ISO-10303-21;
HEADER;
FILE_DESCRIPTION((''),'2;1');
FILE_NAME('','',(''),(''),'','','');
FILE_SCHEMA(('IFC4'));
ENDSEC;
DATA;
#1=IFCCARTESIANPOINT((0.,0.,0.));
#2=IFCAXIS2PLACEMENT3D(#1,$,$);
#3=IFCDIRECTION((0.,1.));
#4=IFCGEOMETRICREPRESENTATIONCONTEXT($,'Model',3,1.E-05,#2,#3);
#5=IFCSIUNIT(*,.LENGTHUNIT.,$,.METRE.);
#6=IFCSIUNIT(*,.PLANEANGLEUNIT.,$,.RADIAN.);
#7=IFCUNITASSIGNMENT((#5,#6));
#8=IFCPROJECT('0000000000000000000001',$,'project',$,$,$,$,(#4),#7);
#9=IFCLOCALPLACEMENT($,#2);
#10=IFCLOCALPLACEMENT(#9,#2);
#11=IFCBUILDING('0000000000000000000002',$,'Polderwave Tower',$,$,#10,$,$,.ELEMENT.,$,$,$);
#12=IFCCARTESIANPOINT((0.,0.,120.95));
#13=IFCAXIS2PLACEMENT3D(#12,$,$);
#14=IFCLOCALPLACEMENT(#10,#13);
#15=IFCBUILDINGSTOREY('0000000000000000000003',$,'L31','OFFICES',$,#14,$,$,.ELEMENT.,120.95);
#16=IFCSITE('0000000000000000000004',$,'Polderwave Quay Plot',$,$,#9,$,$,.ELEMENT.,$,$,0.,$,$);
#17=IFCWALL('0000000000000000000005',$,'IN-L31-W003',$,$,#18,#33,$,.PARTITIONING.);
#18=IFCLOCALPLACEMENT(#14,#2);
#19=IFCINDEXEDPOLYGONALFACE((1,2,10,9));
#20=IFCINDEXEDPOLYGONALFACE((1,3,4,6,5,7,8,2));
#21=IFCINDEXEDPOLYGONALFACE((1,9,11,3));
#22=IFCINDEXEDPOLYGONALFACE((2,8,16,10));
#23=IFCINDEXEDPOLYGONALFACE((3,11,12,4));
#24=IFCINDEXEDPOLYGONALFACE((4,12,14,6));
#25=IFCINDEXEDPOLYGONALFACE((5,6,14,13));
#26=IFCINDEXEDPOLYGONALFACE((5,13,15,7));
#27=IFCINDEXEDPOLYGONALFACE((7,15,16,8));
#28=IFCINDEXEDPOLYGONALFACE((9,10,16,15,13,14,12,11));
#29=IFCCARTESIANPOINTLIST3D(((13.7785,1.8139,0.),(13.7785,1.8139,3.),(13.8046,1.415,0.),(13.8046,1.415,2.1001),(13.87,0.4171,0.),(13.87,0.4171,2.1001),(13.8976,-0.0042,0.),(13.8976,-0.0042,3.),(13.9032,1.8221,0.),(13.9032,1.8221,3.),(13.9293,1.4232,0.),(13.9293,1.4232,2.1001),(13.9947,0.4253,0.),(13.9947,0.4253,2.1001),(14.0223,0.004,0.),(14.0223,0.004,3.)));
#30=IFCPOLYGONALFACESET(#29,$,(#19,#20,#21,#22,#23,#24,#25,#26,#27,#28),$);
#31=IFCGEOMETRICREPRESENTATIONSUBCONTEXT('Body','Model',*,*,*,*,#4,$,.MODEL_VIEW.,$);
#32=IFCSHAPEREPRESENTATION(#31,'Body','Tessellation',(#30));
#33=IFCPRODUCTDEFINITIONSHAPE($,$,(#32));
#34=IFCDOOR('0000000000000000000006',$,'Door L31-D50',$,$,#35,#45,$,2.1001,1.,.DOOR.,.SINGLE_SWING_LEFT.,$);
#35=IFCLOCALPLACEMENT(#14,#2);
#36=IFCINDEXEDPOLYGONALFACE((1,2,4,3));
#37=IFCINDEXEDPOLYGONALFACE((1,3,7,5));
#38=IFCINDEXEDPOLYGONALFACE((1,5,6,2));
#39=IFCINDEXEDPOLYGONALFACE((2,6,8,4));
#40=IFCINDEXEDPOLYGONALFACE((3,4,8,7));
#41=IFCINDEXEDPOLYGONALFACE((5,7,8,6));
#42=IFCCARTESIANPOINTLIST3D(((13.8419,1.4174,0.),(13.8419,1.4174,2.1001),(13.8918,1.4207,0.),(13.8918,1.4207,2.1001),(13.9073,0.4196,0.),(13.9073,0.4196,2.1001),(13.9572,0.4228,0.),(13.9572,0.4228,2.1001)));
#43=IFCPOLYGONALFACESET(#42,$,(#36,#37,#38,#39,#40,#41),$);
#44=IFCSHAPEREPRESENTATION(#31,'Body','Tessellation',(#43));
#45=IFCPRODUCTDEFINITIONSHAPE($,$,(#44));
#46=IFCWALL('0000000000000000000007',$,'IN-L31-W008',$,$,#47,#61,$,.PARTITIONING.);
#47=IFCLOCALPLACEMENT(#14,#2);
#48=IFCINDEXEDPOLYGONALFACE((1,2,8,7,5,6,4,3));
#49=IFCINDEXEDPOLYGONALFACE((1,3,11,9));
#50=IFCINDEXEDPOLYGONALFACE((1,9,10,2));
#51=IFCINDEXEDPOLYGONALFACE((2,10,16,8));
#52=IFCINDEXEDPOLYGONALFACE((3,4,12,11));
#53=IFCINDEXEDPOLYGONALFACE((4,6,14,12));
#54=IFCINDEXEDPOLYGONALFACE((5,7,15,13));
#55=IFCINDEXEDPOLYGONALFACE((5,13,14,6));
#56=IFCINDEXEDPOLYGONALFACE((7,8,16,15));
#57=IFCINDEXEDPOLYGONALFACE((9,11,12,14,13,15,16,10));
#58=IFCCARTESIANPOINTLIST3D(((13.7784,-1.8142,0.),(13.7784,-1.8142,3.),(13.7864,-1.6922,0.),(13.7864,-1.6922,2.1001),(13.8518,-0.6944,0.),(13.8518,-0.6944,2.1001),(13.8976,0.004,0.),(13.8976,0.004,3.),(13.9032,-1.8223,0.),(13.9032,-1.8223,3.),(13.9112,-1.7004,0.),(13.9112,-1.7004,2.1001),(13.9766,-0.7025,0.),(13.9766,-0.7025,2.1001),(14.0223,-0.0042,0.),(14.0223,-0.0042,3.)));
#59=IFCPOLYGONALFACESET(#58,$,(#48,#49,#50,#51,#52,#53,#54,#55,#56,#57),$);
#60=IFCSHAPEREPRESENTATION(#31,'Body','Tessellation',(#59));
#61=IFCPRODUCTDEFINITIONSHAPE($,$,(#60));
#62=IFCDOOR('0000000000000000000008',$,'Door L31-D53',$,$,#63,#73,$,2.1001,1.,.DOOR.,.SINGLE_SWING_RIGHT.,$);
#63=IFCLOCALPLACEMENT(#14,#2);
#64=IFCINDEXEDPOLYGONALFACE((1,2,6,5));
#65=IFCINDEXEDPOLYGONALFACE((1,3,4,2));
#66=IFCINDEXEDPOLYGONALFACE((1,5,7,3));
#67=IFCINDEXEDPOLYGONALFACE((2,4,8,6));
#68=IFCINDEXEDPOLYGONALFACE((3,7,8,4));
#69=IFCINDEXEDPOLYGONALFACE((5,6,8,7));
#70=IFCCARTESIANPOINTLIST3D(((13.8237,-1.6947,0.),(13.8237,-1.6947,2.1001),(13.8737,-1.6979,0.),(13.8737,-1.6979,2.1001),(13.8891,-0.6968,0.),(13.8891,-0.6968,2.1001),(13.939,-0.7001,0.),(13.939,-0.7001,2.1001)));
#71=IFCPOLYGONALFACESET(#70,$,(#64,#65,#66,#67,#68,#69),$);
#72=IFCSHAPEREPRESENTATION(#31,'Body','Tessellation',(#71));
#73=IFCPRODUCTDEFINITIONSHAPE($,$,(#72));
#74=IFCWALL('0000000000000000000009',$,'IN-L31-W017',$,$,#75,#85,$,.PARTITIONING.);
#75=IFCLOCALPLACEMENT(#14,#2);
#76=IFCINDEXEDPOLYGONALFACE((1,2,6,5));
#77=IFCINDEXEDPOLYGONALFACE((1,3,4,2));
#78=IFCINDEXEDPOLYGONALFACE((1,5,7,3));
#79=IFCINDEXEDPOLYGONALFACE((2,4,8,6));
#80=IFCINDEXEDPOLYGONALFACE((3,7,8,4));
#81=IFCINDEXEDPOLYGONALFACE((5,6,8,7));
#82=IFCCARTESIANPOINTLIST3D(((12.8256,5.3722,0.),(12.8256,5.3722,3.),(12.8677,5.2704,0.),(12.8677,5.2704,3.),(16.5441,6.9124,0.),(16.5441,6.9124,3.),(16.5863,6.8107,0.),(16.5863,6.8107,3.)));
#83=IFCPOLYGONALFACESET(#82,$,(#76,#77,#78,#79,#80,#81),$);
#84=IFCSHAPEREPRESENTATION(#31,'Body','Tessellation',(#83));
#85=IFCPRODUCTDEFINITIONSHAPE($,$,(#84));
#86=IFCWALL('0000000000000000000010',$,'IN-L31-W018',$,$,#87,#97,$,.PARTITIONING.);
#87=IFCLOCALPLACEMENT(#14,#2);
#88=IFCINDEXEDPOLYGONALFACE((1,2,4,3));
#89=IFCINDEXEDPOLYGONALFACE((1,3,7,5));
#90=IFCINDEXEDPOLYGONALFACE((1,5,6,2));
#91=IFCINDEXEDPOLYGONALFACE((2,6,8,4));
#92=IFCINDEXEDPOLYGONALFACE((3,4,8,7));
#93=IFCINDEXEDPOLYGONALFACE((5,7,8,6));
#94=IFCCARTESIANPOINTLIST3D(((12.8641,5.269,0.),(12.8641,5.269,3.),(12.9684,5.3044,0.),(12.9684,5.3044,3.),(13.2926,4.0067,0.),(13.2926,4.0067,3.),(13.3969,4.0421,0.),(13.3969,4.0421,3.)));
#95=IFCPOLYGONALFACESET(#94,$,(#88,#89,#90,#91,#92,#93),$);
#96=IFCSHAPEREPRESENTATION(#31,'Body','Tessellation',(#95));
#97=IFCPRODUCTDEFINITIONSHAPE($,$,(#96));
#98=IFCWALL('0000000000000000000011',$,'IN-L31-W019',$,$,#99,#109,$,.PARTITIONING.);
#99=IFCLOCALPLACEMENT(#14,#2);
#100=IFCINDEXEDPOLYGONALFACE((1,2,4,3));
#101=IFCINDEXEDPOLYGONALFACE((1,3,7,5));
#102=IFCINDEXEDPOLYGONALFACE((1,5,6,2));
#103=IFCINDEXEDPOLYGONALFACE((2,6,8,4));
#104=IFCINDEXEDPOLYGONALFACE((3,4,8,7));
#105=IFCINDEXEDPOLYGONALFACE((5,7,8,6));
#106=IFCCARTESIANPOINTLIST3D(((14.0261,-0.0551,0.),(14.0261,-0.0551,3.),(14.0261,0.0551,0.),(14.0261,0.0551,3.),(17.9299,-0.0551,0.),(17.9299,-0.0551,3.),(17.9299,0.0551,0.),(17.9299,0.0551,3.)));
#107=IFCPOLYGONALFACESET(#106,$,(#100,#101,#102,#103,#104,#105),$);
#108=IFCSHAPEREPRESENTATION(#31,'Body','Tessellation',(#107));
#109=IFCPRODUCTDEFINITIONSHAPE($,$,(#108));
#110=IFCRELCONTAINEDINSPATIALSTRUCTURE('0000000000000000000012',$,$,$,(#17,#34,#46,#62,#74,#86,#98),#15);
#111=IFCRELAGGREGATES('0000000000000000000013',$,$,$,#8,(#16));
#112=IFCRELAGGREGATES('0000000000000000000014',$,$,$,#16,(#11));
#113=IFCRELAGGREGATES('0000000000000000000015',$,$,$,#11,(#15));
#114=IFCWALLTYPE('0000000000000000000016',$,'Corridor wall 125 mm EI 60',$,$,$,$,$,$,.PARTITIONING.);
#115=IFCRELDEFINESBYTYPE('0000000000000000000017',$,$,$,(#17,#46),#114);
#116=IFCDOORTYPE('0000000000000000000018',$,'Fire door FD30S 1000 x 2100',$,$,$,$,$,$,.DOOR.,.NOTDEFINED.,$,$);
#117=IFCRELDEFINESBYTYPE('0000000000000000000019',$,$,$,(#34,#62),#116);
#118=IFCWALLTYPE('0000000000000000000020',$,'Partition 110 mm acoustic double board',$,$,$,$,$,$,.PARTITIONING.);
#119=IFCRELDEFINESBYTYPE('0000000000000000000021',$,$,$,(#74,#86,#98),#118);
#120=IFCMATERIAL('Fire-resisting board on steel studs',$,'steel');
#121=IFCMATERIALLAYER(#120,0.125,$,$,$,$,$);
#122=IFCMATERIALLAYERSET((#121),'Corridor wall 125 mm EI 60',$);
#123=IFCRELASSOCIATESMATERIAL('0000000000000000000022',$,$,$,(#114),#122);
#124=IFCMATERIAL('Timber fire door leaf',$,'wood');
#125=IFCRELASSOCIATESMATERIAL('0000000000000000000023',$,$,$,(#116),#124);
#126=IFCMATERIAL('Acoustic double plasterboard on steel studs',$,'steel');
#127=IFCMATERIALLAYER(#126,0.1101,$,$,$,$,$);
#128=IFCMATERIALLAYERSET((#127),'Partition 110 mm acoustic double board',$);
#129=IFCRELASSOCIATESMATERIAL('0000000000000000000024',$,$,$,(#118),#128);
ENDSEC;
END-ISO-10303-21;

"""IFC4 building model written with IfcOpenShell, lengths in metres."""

from ifc_helpers import new_model, si_unit, direction, frame, frame_2d, origin, place, context, subcontext, project, spatial, rectangle, extrude, material, layer, layer_set, type_object, element, fill, save


model = new_model("IFC4")

# Units and contexts
model_context = context("Model", 3, precision=1e-05, world=origin(), true_north=direction((0.0, 1.0)))
body_context = subcontext(model_context, "Body", "Model", "MODEL_VIEW")
ifc_project = project(units=[si_unit("LENGTHUNIT", "METRE"), si_unit("PLANEANGLEUNIT", "RADIAN")], contexts=[model_context])

# Site, building, storey
site_placement = place(None, origin())
site = spatial("IfcSite", under=ifc_project, at=site_placement, Name="Polderwave Quay Plot", CompositionType="ELEMENT", RefElevation=0.0)
building_placement = place(site_placement, origin())
building = spatial("IfcBuilding", under=site, at=building_placement, Name="Polderwave Tower", CompositionType="ELEMENT")
storey_placement = place(building_placement, frame((0.0, 0.0, 120.95)))
storey = spatial("IfcBuildingStorey", under=building, at=storey_placement, Name="L31", Description="OFFICES", CompositionType="ELEMENT", Elevation=120.95)

# Shared definitions
ifc_material_1 = material(Name="Fire-resisting board on steel studs", Category="steel")
ifc_layer_1 = layer(ifc_material_1, 0.125)
ifc_layer_set_1 = layer_set([ifc_layer_1], Name="Corridor wall 125 mm EI 60")
wall_type_1 = type_object("IfcWallType", Name="Corridor wall 125 mm EI 60", PredefinedType="PARTITIONING", material=ifc_layer_set_1)

# Walls, openings, doors
wall_1_placement = place(storey_placement, frame((13.8408, 1.8181, 0.0), z_axis=(0.0, 0.0, 1.0), x_axis=(0.065389, -0.99786, 0.0)))
wall_1 = element("IfcWall", 1, at=wall_1_placement, inside=storey, type_object=wall_type_1, Name="IN-L31-W003", PredefinedType="PARTITIONING", context=body_context, shape_type="SweptSolid", body=[
    extrude(rectangle(XDim=1.822, YDim=0.125, at=frame_2d((0.9111, 0.0))), origin(), (0.0, 0.0, 1.0), 3.0),
])
opening_1_placement = place(wall_1_placement, frame((0.3999, 0.0, 0.0)))
opening_1 = element("IfcOpeningElement", 2, at=opening_1_placement, cuts=wall_1, PredefinedType="OPENING", context=body_context, shape_type="SweptSolid", body=[
    extrude(rectangle(XDim=1.0, YDim=2.1001, at=frame_2d((0.5, 1.05))), frame((0.0, 0.0725, 0.0), z_axis=(0.0, -1.0, 0.0), x_axis=(1.0, 0.0, 0.0)), (0.0, 0.0, 1.0), 0.145),
])
ifc_material_2 = material(Name="Timber fire door leaf", Category="wood")
door_type = type_object("IfcDoorType", Name="Fire door FD30S 1000 x 2100", OperationType="NOTDEFINED", PredefinedType="DOOR", material=ifc_material_2)
door_1_placement = place(opening_1_placement, origin())
door_1 = element("IfcDoor", 3, at=door_1_placement, inside=storey, type_object=door_type, Name="Door L31-D50", OperationType="SINGLE_SWING_LEFT", OverallHeight=2.1001, OverallWidth=1.0, PredefinedType="DOOR", context=body_context, shape_type="SweptSolid", body=[
    extrude(rectangle(XDim=1.0, YDim=2.1001, at=frame_2d((0.5, 1.05))), frame((0.0, 0.0249, 0.0), z_axis=(0.0, -1.0, 0.0), x_axis=(1.0, 0.0, 0.0)), (0.0, 0.0, 1.0), 0.05),
])
fill(opening_1, door_1)
wall_2_placement = place(storey_placement, frame((13.96, 0.0, 0.0), z_axis=(0.0, 0.0, 1.0), x_axis=(-0.065389, -0.99786, 0.0)))
wall_2 = element("IfcWall", 4, at=wall_2_placement, inside=storey, type_object=wall_type_1, Name="IN-L31-W008", PredefinedType="PARTITIONING", context=body_context, shape_type="SweptSolid", body=[
    extrude(rectangle(XDim=1.822, YDim=0.125, at=frame_2d((0.9111, 0.0))), origin(), (0.0, 0.0, 1.0), 3.0),
])
opening_2_placement = place(wall_2_placement, frame((0.7, 0.0, 0.0)))
opening_2 = element("IfcOpeningElement", 5, at=opening_2_placement, cuts=wall_2, PredefinedType="OPENING", context=body_context, shape_type="SweptSolid", body=[
    extrude(rectangle(XDim=1.0, YDim=2.1001, at=frame_2d((0.5, 1.05))), frame((0.0, 0.0725, 0.0), z_axis=(0.0, -1.0, 0.0), x_axis=(1.0, 0.0, 0.0)), (0.0, 0.0, 1.0), 0.145),
])
door_2_placement = place(opening_2_placement, origin())
door_2 = element("IfcDoor", 6, at=door_2_placement, inside=storey, type_object=door_type, Name="Door L31-D53", OperationType="SINGLE_SWING_RIGHT", OverallHeight=2.1001, OverallWidth=1.0, PredefinedType="DOOR", context=body_context, shape_type="SweptSolid", body=[
    extrude(rectangle(XDim=1.0, YDim=2.1001, at=frame_2d((0.5, 1.05))), frame((0.0, 0.0249, 0.0), z_axis=(0.0, -1.0, 0.0), x_axis=(1.0, 0.0, 0.0)), (0.0, 0.0, 1.0), 0.05),
])
fill(opening_2, door_2)

# Walls
ifc_material_3 = material(Name="Acoustic double plasterboard on steel studs", Category="steel")
ifc_layer_2 = layer(ifc_material_3, 0.1101)
ifc_layer_set_2 = layer_set([ifc_layer_2], Name="Partition 110 mm acoustic double board")
wall_type_2 = type_object("IfcWallType", Name="Partition 110 mm acoustic double board", PredefinedType="PARTITIONING", material=ifc_layer_set_2)
wall_3_placement = place(storey_placement, frame((12.8467, 5.3213, 0.0), z_axis=(0.0, 0.0, 1.0), x_axis=(0.923877, 0.382689, 0.0)))
element("IfcWall", 7, at=wall_3_placement, inside=storey, type_object=wall_type_2, Name="IN-L31-W017", PredefinedType="PARTITIONING", context=body_context, shape_type="SweptSolid", body=[
    extrude(rectangle(XDim=4.0249, YDim=0.1101, at=frame_2d((2.0125, 0.0))), origin(), (0.0, 0.0, 1.0), 3.0),
])
wall_4_placement = place(storey_placement, frame((13.3447, 4.0244, 0.0), z_axis=(0.0, 0.0, 1.0), x_axis=(-0.321443, 0.946929, 0.0)))
element("IfcWall", 8, at=wall_4_placement, inside=storey, type_object=wall_type_2, Name="IN-L31-W018", PredefinedType="PARTITIONING", context=body_context, shape_type="SweptSolid", body=[
    extrude(rectangle(XDim=1.333, YDim=0.1101, at=frame_2d((0.6665, 0.0))), origin(), (0.0, 0.0, 1.0), 3.0),
])
wall_5_placement = place(storey_placement, frame((17.9299, 0.0, 0.0), z_axis=(0.0, 0.0, 1.0), x_axis=(-1.0, 0.0, 0.0)))
element("IfcWall", 9, at=wall_5_placement, inside=storey, type_object=wall_type_2, Name="IN-L31-W019", PredefinedType="PARTITIONING", context=body_context, shape_type="SweptSolid", body=[
    extrude(rectangle(XDim=3.9038, YDim=0.1101, at=frame_2d((1.9519, 0.0))), origin(), (0.0, 0.0, 1.0), 3.0),
])

save(model, "model.ifc")
